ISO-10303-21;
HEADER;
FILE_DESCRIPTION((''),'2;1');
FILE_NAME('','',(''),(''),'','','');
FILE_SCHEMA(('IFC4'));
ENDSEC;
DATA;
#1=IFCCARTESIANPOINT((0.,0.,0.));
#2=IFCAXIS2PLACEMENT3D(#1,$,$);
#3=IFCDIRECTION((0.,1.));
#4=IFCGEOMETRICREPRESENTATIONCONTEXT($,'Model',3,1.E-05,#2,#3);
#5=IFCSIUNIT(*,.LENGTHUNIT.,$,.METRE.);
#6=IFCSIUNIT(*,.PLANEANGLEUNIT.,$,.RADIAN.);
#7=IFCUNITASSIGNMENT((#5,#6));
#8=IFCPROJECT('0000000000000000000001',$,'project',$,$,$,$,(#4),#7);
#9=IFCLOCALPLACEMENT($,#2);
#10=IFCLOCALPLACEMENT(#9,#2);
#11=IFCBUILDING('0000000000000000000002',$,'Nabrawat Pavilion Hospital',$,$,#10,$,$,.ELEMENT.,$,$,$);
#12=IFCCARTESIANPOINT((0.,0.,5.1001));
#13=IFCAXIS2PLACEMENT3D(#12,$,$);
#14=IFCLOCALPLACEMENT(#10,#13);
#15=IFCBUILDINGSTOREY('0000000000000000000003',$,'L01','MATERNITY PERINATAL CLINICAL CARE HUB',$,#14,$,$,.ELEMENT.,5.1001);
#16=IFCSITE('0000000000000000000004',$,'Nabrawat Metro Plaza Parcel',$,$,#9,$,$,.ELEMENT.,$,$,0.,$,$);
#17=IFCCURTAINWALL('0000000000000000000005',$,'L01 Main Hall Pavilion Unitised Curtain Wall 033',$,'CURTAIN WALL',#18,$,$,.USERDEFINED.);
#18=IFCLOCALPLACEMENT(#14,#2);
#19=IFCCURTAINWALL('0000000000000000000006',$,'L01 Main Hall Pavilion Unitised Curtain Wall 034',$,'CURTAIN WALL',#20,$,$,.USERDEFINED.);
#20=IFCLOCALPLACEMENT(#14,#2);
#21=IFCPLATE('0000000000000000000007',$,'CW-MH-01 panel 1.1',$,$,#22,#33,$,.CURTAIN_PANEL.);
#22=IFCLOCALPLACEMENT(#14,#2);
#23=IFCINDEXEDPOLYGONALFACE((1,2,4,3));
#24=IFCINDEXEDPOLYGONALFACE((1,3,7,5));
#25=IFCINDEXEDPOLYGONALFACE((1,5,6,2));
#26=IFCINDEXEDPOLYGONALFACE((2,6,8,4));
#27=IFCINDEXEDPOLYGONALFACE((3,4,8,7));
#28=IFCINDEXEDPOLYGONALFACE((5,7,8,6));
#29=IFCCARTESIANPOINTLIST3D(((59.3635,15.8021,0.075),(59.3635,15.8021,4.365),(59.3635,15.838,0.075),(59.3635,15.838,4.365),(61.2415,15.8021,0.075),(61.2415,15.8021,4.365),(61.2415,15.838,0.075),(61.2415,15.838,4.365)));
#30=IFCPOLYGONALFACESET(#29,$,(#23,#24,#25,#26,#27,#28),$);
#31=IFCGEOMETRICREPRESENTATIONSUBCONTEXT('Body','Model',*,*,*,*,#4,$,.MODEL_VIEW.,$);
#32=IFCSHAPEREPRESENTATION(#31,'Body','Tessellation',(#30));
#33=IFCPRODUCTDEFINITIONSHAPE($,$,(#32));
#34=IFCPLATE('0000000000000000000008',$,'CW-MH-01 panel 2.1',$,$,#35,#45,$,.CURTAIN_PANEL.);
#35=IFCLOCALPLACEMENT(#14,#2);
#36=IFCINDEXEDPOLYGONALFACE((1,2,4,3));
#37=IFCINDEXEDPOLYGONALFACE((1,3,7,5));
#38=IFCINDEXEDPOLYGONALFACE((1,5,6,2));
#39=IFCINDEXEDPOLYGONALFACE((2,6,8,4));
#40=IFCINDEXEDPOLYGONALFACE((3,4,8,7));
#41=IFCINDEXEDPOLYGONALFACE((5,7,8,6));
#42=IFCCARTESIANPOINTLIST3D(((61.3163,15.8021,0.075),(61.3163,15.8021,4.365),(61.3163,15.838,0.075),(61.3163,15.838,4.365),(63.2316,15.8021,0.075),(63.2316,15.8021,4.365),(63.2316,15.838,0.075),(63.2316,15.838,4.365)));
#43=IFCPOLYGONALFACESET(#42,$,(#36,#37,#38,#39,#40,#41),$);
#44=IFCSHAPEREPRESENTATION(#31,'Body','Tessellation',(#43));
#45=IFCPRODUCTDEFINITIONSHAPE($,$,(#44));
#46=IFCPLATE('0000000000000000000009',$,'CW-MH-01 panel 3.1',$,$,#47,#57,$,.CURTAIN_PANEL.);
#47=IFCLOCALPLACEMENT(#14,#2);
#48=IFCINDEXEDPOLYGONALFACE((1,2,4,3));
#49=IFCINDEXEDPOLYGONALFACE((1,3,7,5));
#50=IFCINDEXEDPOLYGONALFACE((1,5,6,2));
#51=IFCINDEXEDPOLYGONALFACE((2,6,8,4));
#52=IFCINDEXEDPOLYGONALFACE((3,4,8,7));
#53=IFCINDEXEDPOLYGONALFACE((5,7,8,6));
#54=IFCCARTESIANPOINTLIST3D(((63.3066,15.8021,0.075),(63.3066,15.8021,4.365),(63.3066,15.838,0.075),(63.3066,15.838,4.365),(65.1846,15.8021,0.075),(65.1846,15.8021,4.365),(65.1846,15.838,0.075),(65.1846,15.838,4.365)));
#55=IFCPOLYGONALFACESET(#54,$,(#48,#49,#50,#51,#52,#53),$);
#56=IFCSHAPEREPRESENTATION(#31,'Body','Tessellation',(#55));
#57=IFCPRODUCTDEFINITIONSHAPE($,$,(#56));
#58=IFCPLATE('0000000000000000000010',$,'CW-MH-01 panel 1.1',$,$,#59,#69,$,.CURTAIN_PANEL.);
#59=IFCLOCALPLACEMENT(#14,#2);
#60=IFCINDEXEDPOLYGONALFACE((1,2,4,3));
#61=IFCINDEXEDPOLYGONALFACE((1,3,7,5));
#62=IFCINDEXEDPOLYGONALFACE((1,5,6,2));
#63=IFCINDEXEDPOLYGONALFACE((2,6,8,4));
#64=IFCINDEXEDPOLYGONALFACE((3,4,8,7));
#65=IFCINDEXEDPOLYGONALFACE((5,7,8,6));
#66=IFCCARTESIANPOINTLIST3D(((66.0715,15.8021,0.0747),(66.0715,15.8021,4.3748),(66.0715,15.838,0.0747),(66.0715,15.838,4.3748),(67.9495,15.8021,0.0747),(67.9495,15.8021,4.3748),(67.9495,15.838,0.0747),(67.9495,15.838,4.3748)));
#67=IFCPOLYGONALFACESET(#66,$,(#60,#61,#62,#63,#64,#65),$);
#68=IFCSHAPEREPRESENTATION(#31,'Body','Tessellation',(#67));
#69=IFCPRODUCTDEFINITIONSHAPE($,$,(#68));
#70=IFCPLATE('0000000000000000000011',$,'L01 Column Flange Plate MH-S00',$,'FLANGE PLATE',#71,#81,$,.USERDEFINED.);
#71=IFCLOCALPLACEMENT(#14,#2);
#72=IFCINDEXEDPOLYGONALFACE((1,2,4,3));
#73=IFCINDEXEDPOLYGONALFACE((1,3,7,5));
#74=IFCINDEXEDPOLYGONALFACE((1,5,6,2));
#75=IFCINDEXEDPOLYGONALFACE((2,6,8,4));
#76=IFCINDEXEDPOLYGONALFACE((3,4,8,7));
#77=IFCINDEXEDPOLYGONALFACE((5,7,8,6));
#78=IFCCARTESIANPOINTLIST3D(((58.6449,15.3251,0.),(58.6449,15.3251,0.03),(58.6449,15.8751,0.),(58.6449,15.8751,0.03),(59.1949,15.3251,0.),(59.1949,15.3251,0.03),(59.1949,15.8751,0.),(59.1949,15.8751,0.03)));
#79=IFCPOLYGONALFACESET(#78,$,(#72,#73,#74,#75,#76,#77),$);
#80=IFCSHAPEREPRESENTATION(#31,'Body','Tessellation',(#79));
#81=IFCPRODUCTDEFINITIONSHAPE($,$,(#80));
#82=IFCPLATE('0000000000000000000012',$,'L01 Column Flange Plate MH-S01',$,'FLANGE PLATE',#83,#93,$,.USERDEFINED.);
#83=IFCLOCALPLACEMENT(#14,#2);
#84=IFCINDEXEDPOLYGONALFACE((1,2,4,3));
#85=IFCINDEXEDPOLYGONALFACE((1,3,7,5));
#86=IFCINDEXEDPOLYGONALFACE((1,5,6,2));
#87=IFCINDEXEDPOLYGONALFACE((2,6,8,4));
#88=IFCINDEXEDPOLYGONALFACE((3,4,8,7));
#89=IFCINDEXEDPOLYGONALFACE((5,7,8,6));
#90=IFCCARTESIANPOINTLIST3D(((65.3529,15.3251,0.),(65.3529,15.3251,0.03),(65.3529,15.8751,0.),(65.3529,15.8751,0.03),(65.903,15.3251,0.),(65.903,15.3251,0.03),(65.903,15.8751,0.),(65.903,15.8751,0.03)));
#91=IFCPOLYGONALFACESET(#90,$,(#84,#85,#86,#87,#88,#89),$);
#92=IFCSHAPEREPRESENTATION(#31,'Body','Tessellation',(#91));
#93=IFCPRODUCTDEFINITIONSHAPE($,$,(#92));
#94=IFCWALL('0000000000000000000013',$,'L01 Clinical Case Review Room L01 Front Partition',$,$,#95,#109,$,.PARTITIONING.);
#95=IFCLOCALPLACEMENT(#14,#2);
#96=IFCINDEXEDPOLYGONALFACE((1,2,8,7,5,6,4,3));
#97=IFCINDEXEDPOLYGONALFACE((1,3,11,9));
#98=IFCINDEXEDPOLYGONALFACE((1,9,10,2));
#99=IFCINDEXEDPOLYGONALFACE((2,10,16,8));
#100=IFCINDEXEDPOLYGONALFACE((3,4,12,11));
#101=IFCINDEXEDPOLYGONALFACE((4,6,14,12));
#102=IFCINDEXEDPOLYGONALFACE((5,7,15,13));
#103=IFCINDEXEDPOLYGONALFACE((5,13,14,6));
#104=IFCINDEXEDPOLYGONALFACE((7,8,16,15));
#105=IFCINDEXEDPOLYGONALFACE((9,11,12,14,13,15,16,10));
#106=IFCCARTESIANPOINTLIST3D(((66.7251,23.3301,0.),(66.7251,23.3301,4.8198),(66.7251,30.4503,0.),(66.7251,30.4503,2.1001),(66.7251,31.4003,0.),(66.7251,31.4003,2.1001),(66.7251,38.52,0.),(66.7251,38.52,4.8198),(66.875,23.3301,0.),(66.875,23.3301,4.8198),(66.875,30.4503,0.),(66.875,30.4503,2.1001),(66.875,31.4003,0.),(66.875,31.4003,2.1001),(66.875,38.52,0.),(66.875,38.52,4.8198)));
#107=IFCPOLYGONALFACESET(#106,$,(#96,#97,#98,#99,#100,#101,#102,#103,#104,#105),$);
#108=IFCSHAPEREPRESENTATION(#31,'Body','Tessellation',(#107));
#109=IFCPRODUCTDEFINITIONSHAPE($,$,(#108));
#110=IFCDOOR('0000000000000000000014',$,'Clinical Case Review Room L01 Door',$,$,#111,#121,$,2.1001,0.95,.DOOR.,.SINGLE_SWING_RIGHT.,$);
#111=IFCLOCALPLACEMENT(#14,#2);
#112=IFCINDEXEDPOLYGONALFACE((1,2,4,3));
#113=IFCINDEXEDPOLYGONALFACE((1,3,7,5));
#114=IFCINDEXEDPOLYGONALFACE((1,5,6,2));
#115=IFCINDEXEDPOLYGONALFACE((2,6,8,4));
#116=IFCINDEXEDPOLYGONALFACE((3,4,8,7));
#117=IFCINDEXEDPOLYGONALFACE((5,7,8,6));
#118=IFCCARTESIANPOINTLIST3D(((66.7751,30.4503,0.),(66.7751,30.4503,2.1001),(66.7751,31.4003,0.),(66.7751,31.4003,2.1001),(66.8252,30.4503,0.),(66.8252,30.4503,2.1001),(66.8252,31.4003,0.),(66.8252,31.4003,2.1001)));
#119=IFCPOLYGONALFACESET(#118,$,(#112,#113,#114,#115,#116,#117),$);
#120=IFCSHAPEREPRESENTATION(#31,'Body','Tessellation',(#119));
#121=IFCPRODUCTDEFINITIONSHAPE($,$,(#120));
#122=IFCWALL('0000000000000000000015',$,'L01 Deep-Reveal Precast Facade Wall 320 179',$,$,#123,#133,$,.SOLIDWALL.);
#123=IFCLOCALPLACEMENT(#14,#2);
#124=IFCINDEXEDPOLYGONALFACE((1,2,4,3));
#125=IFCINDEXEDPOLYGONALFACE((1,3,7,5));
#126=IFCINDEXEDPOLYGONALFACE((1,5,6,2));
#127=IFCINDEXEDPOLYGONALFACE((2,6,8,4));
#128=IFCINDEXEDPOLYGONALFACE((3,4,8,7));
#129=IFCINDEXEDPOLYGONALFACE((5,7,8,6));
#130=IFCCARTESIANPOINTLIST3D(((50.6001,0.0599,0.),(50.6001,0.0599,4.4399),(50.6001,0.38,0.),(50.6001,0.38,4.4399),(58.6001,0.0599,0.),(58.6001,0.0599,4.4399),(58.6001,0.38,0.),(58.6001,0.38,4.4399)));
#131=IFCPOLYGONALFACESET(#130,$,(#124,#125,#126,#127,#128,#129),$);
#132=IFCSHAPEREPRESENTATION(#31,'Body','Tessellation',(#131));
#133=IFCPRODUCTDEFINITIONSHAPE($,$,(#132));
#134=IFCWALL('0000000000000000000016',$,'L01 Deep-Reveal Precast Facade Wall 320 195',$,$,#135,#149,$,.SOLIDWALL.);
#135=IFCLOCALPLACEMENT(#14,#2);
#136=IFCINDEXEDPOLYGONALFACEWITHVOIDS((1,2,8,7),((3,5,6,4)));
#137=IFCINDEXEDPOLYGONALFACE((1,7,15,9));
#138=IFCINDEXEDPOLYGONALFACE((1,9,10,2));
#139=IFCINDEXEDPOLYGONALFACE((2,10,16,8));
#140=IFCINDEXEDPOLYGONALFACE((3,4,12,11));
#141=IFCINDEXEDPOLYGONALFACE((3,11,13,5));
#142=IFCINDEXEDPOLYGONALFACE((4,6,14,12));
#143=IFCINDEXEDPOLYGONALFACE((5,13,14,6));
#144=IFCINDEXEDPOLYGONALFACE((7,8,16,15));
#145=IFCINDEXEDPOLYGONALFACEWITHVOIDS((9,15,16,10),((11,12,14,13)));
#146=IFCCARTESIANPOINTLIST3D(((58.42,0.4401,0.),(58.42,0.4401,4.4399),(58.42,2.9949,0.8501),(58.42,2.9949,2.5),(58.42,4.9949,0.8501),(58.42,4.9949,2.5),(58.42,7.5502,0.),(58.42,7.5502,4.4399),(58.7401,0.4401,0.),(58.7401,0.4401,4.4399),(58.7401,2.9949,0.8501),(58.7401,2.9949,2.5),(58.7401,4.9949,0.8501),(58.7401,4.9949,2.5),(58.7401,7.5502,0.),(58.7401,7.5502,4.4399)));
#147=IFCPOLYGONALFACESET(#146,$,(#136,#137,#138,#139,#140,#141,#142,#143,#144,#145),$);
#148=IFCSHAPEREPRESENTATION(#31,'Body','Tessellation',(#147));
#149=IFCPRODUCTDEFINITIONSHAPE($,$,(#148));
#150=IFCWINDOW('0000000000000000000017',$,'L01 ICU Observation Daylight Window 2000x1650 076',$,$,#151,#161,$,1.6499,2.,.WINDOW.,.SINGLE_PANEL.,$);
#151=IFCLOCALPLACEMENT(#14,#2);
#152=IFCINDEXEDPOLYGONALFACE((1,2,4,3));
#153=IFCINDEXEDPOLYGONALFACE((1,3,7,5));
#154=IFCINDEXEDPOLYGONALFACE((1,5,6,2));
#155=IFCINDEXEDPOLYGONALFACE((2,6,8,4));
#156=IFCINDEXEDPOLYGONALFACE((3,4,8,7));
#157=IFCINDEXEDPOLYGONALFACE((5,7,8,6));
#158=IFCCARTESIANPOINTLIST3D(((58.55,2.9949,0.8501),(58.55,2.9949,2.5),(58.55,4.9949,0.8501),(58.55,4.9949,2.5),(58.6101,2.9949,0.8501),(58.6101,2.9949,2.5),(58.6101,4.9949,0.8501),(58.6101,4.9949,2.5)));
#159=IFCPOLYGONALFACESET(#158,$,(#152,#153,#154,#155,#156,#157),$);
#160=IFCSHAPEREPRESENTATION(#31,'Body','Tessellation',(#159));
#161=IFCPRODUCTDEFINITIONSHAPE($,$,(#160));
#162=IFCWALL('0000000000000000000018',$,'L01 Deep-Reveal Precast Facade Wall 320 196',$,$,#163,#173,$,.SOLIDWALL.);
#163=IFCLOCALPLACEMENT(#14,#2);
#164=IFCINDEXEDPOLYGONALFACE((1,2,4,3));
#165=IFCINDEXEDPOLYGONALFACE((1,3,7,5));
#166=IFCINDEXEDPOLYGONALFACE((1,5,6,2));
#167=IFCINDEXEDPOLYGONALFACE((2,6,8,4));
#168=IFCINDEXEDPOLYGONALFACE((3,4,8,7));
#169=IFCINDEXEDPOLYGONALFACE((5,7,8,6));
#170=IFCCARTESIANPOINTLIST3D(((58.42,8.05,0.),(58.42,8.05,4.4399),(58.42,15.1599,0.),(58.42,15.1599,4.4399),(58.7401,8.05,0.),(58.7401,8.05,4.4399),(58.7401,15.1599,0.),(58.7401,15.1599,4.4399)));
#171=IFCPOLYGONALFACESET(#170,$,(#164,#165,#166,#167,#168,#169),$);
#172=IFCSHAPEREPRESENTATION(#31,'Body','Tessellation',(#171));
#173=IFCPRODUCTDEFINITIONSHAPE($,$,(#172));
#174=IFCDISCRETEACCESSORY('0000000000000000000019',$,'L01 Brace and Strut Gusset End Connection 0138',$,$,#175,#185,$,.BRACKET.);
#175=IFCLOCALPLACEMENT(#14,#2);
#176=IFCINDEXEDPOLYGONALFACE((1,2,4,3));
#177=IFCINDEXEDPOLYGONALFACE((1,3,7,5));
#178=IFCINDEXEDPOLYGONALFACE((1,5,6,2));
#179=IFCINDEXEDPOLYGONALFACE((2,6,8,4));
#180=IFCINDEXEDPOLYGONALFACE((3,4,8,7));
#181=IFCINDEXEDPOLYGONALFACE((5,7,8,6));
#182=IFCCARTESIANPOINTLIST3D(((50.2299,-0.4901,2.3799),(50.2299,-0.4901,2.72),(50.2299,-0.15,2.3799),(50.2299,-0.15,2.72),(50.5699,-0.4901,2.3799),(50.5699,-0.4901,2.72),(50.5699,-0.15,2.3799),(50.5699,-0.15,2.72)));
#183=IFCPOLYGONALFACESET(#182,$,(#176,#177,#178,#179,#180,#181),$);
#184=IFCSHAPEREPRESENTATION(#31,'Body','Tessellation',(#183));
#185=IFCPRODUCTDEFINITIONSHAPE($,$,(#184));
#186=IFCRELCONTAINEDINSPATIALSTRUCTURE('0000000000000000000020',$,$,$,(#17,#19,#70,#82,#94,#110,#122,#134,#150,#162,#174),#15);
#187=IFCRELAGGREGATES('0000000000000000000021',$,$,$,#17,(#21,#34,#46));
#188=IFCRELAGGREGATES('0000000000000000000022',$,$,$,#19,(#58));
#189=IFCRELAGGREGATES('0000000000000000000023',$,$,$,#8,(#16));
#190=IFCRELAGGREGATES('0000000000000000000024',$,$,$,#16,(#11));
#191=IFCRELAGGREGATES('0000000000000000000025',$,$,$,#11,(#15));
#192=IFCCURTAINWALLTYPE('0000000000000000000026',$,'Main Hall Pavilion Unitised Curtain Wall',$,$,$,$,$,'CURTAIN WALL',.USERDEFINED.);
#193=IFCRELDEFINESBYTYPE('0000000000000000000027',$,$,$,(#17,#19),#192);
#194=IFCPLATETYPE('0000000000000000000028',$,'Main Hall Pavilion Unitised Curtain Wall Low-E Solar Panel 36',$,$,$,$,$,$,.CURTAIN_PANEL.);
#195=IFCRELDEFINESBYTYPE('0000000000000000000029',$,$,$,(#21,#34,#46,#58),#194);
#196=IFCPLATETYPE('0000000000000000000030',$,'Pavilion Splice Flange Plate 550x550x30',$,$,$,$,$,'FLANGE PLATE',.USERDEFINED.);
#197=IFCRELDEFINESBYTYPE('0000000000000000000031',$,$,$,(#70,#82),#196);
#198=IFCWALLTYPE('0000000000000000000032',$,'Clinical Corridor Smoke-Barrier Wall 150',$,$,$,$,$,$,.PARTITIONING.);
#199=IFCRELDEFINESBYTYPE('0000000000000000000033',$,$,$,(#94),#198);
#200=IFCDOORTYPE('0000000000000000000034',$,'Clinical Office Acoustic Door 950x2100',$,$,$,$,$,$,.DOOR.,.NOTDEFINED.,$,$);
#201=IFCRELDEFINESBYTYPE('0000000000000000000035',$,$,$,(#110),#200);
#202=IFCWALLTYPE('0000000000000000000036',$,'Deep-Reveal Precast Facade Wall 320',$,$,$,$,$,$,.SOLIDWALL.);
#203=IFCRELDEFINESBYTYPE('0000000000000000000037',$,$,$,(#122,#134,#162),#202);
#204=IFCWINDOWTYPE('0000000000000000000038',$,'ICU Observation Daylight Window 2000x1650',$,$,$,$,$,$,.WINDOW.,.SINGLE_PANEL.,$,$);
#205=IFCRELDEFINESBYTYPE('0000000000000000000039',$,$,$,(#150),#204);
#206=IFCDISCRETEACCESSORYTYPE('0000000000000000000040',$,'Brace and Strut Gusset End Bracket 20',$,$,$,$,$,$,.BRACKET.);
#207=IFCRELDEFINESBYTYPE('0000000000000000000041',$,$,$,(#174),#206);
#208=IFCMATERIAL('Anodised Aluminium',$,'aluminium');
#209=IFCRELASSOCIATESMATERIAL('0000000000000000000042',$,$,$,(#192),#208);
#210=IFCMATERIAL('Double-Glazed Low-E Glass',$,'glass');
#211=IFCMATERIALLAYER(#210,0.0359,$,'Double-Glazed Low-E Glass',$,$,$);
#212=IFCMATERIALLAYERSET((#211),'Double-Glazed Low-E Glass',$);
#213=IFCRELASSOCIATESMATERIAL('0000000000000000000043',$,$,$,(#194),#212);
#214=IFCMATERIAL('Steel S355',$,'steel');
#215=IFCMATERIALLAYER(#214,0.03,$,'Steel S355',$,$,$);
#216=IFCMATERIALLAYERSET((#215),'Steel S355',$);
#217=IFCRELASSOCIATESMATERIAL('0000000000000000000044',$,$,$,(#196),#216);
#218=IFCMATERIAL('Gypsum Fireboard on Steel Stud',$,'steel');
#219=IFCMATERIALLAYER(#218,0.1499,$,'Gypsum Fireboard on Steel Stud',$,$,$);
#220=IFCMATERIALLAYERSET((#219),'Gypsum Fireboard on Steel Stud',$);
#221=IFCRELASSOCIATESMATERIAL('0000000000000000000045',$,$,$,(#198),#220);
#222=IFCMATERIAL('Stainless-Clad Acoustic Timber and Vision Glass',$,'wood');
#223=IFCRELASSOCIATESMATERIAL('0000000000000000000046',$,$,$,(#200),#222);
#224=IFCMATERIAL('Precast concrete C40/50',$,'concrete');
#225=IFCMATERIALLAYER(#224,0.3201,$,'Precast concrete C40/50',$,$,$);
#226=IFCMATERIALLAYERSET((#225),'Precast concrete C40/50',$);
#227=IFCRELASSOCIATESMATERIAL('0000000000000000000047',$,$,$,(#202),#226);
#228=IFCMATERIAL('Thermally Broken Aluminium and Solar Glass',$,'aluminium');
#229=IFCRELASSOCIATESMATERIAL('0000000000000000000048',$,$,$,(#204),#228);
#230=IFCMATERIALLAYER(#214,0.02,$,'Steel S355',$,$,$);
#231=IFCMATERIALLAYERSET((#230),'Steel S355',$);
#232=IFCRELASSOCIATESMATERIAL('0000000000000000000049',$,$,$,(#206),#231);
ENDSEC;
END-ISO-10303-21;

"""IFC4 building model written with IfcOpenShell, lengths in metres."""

from ifc_helpers import new_model, si_unit, direction, frame, frame_2d, origin, origin_2d, place, context, subcontext, project, spatial, rectangle, extrude, material, layer, layer_set, type_object, element, fill, aggregate, save


model = new_model("IFC4")

# Units and contexts
model_context = context("Model", 3, precision=1e-05, world=origin(), true_north=direction((0.0, 1.0)))
body_context = subcontext(model_context, "Body", "Model", "MODEL_VIEW")
ifc_project = project(units=[si_unit("LENGTHUNIT", "METRE"), si_unit("PLANEANGLEUNIT", "RADIAN")], contexts=[model_context])

# Site, building, storey
site_placement = place(None, origin())
site = spatial("IfcSite", under=ifc_project, at=site_placement, Name="Nabrawat Metro Plaza Parcel", CompositionType="ELEMENT", RefElevation=0.0)
building_placement = place(site_placement, origin())
building = spatial("IfcBuilding", under=site, at=building_placement, Name="Nabrawat Pavilion Hospital", CompositionType="ELEMENT")
storey_placement = place(building_placement, frame((0.0, 0.0, 5.1001)))
storey = spatial("IfcBuildingStorey", under=building, at=storey_placement, Name="L01", Description="MATERNITY PERINATAL CLINICAL CARE HUB", CompositionType="ELEMENT", Elevation=5.1001)

# Shared definitions
ifc_material_1 = material(Name="Steel S355", Category="steel")
ifc_material_2 = material(Name="Precast concrete C40/50", Category="concrete")

# Curtain wall
ifc_material_3 = material(Name="Anodised Aluminium", Category="aluminium")
curtain_wall_type = type_object("IfcCurtainWallType", Name="Main Hall Pavilion Unitised Curtain Wall", ElementType="CURTAIN WALL", PredefinedType="USERDEFINED", material=ifc_material_3)
curtain_wall_1_placement = place(storey_placement, origin())
curtain_wall_1 = element("IfcCurtainWall", 1, at=curtain_wall_1_placement, inside=storey, type_object=curtain_wall_type, Name="L01 Main Hall Pavilion Unitised Curtain Wall 033", ObjectType="CURTAIN WALL", PredefinedType="USERDEFINED")

# Curtain wall
curtain_wall_2_placement = place(storey_placement, origin())
curtain_wall_2 = element("IfcCurtainWall", 2, at=curtain_wall_2_placement, inside=storey, type_object=curtain_wall_type, Name="L01 Main Hall Pavilion Unitised Curtain Wall 034", ObjectType="CURTAIN WALL", PredefinedType="USERDEFINED")

# Plates
ifc_material_4 = material(Name="Double-Glazed Low-E Glass", Category="glass")
ifc_layer_1 = layer(ifc_material_4, 0.0359, Name="Double-Glazed Low-E Glass")
ifc_layer_set_1 = layer_set([ifc_layer_1], Name="Double-Glazed Low-E Glass")
plate_type_1 = type_object("IfcPlateType", Name="Main Hall Pavilion Unitised Curtain Wall Low-E Solar Panel 36", PredefinedType="CURTAIN_PANEL", material=ifc_layer_set_1)
plate_1_placement = place(storey_placement, frame((60.3025, 15.8201, 0.075), z_axis=(0.0, 0.0, 1.0), x_axis=(1.0, 0.0, 0.0)))
plate_1 = element("IfcPlate", 3, at=plate_1_placement, type_object=plate_type_1, Name="CW-MH-01 panel 1.1", PredefinedType="CURTAIN_PANEL", context=body_context, shape_type="SweptSolid", body=[
    extrude(rectangle(XDim=1.8779, YDim=0.0359, at=origin_2d()), origin(), (0.0, 0.0, 1.0), 4.29),
])
plate_2_placement = place(storey_placement, frame((62.2739, 15.8201, 0.075), z_axis=(0.0, 0.0, 1.0), x_axis=(1.0, 0.0, 0.0)))
plate_2 = element("IfcPlate", 4, at=plate_2_placement, type_object=plate_type_1, Name="CW-MH-01 panel 2.1", PredefinedType="CURTAIN_PANEL", context=body_context, shape_type="SweptSolid", body=[
    extrude(rectangle(XDim=1.9153, YDim=0.0359, at=origin_2d()), origin(), (0.0, 0.0, 1.0), 4.29),
])
plate_3_placement = place(storey_placement, frame((64.2456, 15.8201, 0.075), z_axis=(0.0, 0.0, 1.0), x_axis=(1.0, 0.0, 0.0)))
plate_3 = element("IfcPlate", 5, at=plate_3_placement, type_object=plate_type_1, Name="CW-MH-01 panel 3.1", PredefinedType="CURTAIN_PANEL", context=body_context, shape_type="SweptSolid", body=[
    extrude(rectangle(XDim=1.8779, YDim=0.0359, at=origin_2d()), origin(), (0.0, 0.0, 1.0), 4.29),
])
aggregate(curtain_wall_1, [plate_1, plate_2, plate_3])
plate_4_placement = place(storey_placement, frame((67.0105, 15.8201, 0.0747), z_axis=(0.0, 0.0, 1.0), x_axis=(1.0, 0.0, 0.0)))
plate_4 = element("IfcPlate", 6, at=plate_4_placement, type_object=plate_type_1, Name="CW-MH-01 panel 1.1", PredefinedType="CURTAIN_PANEL", context=body_context, shape_type="SweptSolid", body=[
    extrude(rectangle(XDim=1.8779, YDim=0.0359, at=origin_2d()), origin(), (0.0, 0.0, 1.0), 4.3),
])
aggregate(curtain_wall_2, [plate_4])

# Plates
ifc_layer_2 = layer(ifc_material_1, 0.03, Name="Steel S355")
ifc_layer_set_2 = layer_set([ifc_layer_2], Name="Steel S355")
plate_type_2 = type_object("IfcPlateType", Name="Pavilion Splice Flange Plate 550x550x30", ElementType="FLANGE PLATE", PredefinedType="USERDEFINED", material=ifc_layer_set_2)
for number, where, z_axis, x_axis, name in (
    (7, (58.9199, 15.6001, 0.0), (0.0, 0.0, 1.0), (1.0, 0.0, 0.0), "L01 Column Flange Plate MH-S00"),
    (8, (65.6279, 15.6001, 0.0), (0.0, 0.0, 1.0), (1.0, 0.0, 0.0), "L01 Column Flange Plate MH-S01"),
):
    element("IfcPlate", number, at=place(storey_placement, frame(where, z_axis=z_axis, x_axis=x_axis)), inside=storey, type_object=plate_type_2, Name=name, ObjectType="FLANGE PLATE", PredefinedType="USERDEFINED", context=body_context, shape_type="SweptSolid", body=[
        extrude(rectangle(XDim=0.55, YDim=0.55, at=origin_2d()), origin(), (0.0, 0.0, 1.0), 0.03),
    ])

# Wall, opening, door
ifc_material_5 = material(Name="Gypsum Fireboard on Steel Stud", Category="steel")
ifc_layer_3 = layer(ifc_material_5, 0.1499, Name="Gypsum Fireboard on Steel Stud")
ifc_layer_set_3 = layer_set([ifc_layer_3], Name="Gypsum Fireboard on Steel Stud")
wall_type_1 = type_object("IfcWallType", Name="Clinical Corridor Smoke-Barrier Wall 150", PredefinedType="PARTITIONING", material=ifc_layer_set_3)
wall_1_placement = place(storey_placement, frame((66.8, 23.3301, 0.0), z_axis=(0.0, 0.0, 1.0), x_axis=(0.0, 1.0, 0.0)))
wall_1 = element("IfcWall", 9, at=wall_1_placement, inside=storey, type_object=wall_type_1, Name="L01 Clinical Case Review Room L01 Front Partition", PredefinedType="PARTITIONING", context=body_context, shape_type="SweptSolid", body=[
    extrude(rectangle(XDim=15.1899, YDim=0.1499, at=frame_2d((7.595, 0.0))), origin(), (0.0, 0.0, 1.0), 4.8198),
])
opening_1_placement = place(wall_1_placement, frame((7.1201, 0.0, 0.0)))
opening_1 = element("IfcOpeningElement", 10, at=opening_1_placement, cuts=wall_1, PredefinedType="OPENING", context=body_context, shape_type="SweptSolid", body=[
    extrude(rectangle(XDim=0.95, YDim=2.1001, at=frame_2d((0.4751, 1.05))), frame((0.0, 0.085, 0.0), z_axis=(0.0, -1.0, 0.0), x_axis=(1.0, 0.0, 0.0)), (0.0, 0.0, 1.0), 0.1699),
])
ifc_material_6 = material(Name="Stainless-Clad Acoustic Timber and Vision Glass", Category="wood")
door_type = type_object("IfcDoorType", Name="Clinical Office Acoustic Door 950x2100", OperationType="NOTDEFINED", PredefinedType="DOOR", material=ifc_material_6)
door_placement = place(opening_1_placement, origin())
door = element("IfcDoor", 11, at=door_placement, inside=storey, type_object=door_type, Name="Clinical Case Review Room L01 Door", OperationType="SINGLE_SWING_RIGHT", OverallHeight=2.1001, OverallWidth=0.95, PredefinedType="DOOR", context=body_context, shape_type="SweptSolid", body=[
    extrude(rectangle(XDim=0.95, YDim=2.1001, at=frame_2d((0.4751, 1.05))), frame((0.0, 0.0249, 0.0), z_axis=(0.0, -1.0, 0.0), x_axis=(1.0, 0.0, 0.0)), (0.0, 0.0, 1.0), 0.05),
])
fill(opening_1, door)

# Wall
ifc_layer_4 = layer(ifc_material_2, 0.3201, Name="Precast concrete C40/50")
ifc_layer_set_4 = layer_set([ifc_layer_4], Name="Precast concrete C40/50")
wall_type_2 = type_object("IfcWallType", Name="Deep-Reveal Precast Facade Wall 320", PredefinedType="SOLIDWALL", material=ifc_layer_set_4)
wall_2_placement = place(storey_placement, frame((50.6001, 0.22, 0.0), z_axis=(0.0, 0.0, 1.0), x_axis=(1.0, 0.0, 0.0)))
element("IfcWall", 12, at=wall_2_placement, inside=storey, type_object=wall_type_2, Name="L01 Deep-Reveal Precast Facade Wall 320 179", PredefinedType="SOLIDWALL", context=body_context, shape_type="SweptSolid", body=[
    extrude(rectangle(XDim=8.0, YDim=0.3201, at=frame_2d((4.0, 0.0))), origin(), (0.0, 0.0, 1.0), 4.4399),
])

# Wall, opening, window
wall_3_placement = place(storey_placement, frame((58.5801, 0.4399, 0.0), z_axis=(0.0, 0.0, 1.0), x_axis=(0.0, 1.0, 0.0)))
wall_3 = element("IfcWall", 13, at=wall_3_placement, inside=storey, type_object=wall_type_2, Name="L01 Deep-Reveal Precast Facade Wall 320 195", PredefinedType="SOLIDWALL", context=body_context, shape_type="SweptSolid", body=[
    extrude(rectangle(XDim=7.1101, YDim=0.3201, at=frame_2d((3.5552, 0.0))), origin(), (0.0, 0.0, 1.0), 4.4399),
])
opening_2_placement = place(wall_3_placement, frame((2.5549, 0.0, 0.8501)))
opening_2 = element("IfcOpeningElement", 14, at=opening_2_placement, cuts=wall_3, PredefinedType="OPENING", context=body_context, shape_type="SweptSolid", body=[
    extrude(rectangle(XDim=2.0, YDim=1.6499, at=frame_2d((1.0, 0.825))), frame((0.0, 0.1699, 0.0), z_axis=(0.0, -1.0, 0.0), x_axis=(1.0, 0.0, 0.0)), (0.0, 0.0, 1.0), 0.3401),
])
ifc_material_7 = material(Name="Thermally Broken Aluminium and Solar Glass", Category="aluminium")
window_type = type_object("IfcWindowType", Name="ICU Observation Daylight Window 2000x1650", PartitioningType="SINGLE_PANEL", PredefinedType="WINDOW", material=ifc_material_7)
window_placement = place(opening_2_placement, origin())
window = element("IfcWindow", 15, at=window_placement, inside=storey, type_object=window_type, Name="L01 ICU Observation Daylight Window 2000x1650 076", OverallHeight=1.6499, OverallWidth=2.0, PartitioningType="SINGLE_PANEL", PredefinedType="WINDOW", context=body_context, shape_type="SweptSolid", body=[
    extrude(rectangle(XDim=2.0, YDim=1.6499, at=frame_2d((1.0, 0.825))), frame((0.0, 0.03, 0.0), z_axis=(0.0, -1.0, 0.0), x_axis=(1.0, 0.0, 0.0)), (0.0, 0.0, 1.0), 0.0601),
])
fill(opening_2, window)

# Wall
wall_4_placement = place(storey_placement, frame((58.5801, 8.05, 0.0), z_axis=(0.0, 0.0, 1.0), x_axis=(0.0, 1.0, 0.0)))
element("IfcWall", 16, at=wall_4_placement, inside=storey, type_object=wall_type_2, Name="L01 Deep-Reveal Precast Facade Wall 320 196", PredefinedType="SOLIDWALL", context=body_context, shape_type="SweptSolid", body=[
    extrude(rectangle(XDim=7.1099, YDim=0.3201, at=frame_2d((3.5549, 0.0))), origin(), (0.0, 0.0, 1.0), 4.4399),
])

# Discrete accessory
ifc_layer_5 = layer(ifc_material_1, 0.02, Name="Steel S355")
ifc_layer_set_5 = layer_set([ifc_layer_5], Name="Steel S355")
discrete_accessory_type = type_object("IfcDiscreteAccessoryType", Name="Brace and Strut Gusset End Bracket 20", PredefinedType="BRACKET", material=ifc_layer_set_5)
discrete_accessory_placement = place(storey_placement, frame((50.3999, -0.3201, 2.3799), z_axis=(0.0, 0.0, 1.0), x_axis=(1.0, 0.0, 0.0)))
element("IfcDiscreteAccessory", 17, at=discrete_accessory_placement, inside=storey, type_object=discrete_accessory_type, Name="L01 Brace and Strut Gusset End Connection 0138", PredefinedType="BRACKET", context=body_context, shape_type="SweptSolid", body=[
    extrude(rectangle(XDim=0.3401, YDim=0.3401, at=origin_2d()), origin(), (0.0, 0.0, 1.0), 0.3401),
])

save(model, "model.ifc")
